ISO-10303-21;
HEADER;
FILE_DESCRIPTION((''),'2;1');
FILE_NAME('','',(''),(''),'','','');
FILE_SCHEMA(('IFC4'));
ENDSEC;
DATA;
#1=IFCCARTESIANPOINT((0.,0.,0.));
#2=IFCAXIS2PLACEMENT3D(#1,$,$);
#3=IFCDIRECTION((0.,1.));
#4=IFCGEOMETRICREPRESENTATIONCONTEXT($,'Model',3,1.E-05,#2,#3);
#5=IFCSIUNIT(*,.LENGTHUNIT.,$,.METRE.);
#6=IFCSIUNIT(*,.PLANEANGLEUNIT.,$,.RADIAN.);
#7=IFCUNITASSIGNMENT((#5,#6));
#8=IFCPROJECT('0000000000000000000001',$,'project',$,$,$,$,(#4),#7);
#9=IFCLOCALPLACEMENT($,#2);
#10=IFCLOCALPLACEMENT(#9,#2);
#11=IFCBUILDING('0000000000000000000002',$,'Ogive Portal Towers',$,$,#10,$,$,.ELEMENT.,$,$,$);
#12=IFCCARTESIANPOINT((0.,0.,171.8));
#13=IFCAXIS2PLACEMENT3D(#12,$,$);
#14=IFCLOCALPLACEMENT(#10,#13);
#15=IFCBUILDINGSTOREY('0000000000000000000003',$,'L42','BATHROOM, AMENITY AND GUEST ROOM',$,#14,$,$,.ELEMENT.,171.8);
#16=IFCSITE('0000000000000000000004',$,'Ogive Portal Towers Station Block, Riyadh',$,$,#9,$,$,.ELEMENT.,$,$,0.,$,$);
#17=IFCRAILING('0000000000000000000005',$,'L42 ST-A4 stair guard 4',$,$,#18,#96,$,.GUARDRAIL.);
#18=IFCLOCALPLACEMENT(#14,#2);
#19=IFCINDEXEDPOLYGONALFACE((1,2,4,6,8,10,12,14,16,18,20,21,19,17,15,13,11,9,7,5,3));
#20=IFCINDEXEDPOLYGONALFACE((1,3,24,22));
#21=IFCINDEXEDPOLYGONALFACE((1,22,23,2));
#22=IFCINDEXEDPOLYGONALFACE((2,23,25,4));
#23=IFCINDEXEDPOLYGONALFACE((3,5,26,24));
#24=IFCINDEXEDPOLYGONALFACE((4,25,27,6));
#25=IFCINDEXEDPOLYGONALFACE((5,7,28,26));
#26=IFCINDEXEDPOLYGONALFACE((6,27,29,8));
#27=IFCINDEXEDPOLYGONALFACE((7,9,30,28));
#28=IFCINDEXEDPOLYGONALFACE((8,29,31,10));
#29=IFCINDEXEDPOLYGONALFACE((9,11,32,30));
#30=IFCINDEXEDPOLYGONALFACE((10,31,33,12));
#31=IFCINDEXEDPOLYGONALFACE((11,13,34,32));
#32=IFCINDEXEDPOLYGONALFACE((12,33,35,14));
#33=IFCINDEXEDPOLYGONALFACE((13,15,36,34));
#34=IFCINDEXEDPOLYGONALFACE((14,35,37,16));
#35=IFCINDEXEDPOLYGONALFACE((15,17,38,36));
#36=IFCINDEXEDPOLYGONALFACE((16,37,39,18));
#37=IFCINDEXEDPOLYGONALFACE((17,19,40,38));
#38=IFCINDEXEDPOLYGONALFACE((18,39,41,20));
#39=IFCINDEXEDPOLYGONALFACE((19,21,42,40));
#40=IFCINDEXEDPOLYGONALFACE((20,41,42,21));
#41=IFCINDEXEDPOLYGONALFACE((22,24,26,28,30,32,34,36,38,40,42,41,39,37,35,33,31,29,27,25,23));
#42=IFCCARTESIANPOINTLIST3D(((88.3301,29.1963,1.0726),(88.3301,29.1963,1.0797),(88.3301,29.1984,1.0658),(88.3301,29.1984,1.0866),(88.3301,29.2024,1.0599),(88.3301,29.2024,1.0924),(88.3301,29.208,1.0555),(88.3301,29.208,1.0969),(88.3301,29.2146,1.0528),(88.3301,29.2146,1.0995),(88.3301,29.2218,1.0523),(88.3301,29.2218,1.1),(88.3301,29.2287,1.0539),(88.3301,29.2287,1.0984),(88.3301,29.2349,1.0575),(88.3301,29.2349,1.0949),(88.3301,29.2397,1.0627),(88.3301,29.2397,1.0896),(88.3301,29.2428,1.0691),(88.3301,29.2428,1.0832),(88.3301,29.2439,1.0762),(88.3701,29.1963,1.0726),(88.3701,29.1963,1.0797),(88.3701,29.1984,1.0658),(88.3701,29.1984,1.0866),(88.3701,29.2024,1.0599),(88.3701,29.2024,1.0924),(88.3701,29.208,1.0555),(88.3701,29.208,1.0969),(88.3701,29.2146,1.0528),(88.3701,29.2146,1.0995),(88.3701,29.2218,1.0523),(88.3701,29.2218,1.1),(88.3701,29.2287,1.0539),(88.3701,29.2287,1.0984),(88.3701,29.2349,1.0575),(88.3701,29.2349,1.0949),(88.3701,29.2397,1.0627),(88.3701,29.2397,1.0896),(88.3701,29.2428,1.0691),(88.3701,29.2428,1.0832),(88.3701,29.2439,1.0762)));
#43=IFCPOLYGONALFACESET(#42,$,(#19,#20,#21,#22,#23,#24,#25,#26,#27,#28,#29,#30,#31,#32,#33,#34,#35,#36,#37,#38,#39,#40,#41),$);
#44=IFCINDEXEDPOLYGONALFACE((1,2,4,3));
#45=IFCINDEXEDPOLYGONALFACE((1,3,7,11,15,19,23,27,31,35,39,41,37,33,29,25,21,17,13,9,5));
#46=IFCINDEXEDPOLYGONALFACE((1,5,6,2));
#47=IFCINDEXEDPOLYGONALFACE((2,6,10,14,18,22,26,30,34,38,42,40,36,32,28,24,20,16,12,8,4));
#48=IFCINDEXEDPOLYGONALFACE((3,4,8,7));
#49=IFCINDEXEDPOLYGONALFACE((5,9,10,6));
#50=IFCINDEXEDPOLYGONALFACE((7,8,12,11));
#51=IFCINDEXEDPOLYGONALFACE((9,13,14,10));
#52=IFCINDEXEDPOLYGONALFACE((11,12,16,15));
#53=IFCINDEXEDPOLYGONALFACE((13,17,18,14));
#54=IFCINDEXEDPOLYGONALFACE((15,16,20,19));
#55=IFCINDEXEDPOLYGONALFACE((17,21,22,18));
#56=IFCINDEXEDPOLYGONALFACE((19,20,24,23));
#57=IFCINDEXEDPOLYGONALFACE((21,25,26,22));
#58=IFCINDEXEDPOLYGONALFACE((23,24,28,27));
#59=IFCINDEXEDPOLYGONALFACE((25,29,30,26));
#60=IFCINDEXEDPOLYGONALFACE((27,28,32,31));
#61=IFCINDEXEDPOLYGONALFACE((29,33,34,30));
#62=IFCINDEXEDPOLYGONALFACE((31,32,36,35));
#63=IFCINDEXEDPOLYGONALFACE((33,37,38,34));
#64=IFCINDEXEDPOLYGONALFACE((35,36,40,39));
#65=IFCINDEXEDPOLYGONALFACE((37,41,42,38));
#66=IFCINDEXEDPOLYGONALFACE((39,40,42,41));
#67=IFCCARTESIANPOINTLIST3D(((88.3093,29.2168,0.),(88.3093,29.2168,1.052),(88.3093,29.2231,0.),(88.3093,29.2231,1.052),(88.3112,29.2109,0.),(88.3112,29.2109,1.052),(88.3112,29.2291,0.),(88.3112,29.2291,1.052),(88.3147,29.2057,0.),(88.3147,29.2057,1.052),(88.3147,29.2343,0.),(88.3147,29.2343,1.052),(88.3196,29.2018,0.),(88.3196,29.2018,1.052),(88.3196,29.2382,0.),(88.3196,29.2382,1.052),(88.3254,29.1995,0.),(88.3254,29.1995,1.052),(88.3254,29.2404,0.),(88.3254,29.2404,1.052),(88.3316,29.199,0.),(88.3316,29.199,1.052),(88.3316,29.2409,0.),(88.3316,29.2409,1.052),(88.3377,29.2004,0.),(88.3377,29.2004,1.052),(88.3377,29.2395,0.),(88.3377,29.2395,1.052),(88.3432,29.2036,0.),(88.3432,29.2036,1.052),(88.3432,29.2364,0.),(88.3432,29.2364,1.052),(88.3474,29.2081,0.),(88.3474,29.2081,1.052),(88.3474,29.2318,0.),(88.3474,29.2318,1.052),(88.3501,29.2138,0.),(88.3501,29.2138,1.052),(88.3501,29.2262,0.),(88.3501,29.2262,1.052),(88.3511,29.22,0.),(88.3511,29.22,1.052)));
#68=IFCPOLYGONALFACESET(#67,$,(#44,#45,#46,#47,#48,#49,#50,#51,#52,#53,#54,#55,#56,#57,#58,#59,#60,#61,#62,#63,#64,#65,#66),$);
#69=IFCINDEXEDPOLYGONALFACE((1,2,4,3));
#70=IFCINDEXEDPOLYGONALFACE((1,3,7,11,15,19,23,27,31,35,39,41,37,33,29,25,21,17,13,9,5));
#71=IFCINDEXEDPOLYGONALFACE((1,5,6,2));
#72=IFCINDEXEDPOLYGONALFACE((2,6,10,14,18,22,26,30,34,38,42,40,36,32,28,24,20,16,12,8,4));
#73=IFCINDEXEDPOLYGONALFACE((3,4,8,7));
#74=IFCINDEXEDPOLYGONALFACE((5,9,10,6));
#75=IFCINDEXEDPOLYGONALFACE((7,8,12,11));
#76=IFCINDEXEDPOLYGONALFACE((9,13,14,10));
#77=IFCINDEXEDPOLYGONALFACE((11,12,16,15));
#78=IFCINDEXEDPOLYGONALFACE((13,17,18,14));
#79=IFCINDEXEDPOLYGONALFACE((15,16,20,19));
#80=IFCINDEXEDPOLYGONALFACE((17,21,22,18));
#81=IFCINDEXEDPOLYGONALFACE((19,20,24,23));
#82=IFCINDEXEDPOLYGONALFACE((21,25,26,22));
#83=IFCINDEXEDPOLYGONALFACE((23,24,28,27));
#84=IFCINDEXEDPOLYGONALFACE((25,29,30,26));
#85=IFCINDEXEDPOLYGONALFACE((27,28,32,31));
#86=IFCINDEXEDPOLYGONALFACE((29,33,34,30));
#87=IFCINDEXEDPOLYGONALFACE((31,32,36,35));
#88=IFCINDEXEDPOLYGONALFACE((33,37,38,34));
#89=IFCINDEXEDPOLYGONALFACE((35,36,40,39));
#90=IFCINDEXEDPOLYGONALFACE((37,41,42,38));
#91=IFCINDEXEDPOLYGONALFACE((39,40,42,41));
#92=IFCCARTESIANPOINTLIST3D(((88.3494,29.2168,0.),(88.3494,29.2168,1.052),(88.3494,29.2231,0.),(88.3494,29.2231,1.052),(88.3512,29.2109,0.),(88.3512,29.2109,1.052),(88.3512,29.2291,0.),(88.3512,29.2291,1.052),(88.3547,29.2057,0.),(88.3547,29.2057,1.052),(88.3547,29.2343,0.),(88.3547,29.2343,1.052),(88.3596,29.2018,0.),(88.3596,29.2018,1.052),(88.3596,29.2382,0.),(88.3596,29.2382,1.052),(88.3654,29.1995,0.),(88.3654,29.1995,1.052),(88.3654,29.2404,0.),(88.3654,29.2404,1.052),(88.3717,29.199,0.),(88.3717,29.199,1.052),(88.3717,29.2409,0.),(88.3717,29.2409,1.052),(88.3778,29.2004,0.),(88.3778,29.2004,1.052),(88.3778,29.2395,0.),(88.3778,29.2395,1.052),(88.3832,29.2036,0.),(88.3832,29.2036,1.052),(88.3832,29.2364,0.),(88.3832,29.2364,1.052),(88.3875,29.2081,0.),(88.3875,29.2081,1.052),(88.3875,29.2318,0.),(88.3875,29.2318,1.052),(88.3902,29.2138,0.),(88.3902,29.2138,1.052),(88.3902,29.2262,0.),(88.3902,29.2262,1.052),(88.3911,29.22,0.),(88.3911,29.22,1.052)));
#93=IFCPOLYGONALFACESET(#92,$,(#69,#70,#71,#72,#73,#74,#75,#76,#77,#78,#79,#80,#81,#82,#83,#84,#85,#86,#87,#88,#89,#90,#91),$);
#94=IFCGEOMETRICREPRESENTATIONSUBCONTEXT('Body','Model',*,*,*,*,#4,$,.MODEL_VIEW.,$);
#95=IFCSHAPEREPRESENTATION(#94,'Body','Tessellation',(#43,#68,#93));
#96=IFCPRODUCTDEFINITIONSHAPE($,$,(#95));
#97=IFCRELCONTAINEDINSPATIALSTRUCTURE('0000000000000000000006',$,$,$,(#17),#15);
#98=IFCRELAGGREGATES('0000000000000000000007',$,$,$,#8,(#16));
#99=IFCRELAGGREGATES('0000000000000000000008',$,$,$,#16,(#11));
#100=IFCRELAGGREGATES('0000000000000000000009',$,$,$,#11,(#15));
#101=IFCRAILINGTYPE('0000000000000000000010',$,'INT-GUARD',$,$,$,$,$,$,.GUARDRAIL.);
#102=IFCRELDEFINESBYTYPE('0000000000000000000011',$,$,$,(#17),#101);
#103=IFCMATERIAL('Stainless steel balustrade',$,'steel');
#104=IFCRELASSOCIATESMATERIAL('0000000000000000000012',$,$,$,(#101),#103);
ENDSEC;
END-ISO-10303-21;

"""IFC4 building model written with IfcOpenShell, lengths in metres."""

from ifc_helpers import new_model, si_unit, direction, frame, origin, origin_2d, place, context, subcontext, project, spatial, circle, extrude, material, type_object, element, save


model = new_model("IFC4")

# Units and contexts
model_context = context("Model", 3, precision=1e-05, world=origin(), true_north=direction((0.0, 1.0)))
body_context = subcontext(model_context, "Body", "Model", "MODEL_VIEW")
ifc_project = project(units=[si_unit("LENGTHUNIT", "METRE"), si_unit("PLANEANGLEUNIT", "RADIAN")], contexts=[model_context])

# Site, building, storey
site_placement = place(None, origin())
site = spatial("IfcSite", under=ifc_project, at=site_placement, Name="Ogive Portal Towers Station Block, Riyadh", CompositionType="ELEMENT", RefElevation=0.0)
building_placement = place(site_placement, origin())
building = spatial("IfcBuilding", under=site, at=building_placement, Name="Ogive Portal Towers", CompositionType="ELEMENT")
storey_placement = place(building_placement, frame((0.0, 0.0, 171.8)))
storey = spatial("IfcBuildingStorey", under=building, at=storey_placement, Name="L42", Description="BATHROOM, AMENITY AND GUEST ROOM", CompositionType="ELEMENT", Elevation=171.8)

# Railing
ifc_material_1 = material(Name="Stainless steel balustrade", Category="steel")
railing_type_1 = type_object("IfcRailingType", Name="INT-GUARD", PredefinedType="GUARDRAIL", material=ifc_material_1)
railing_1_placement = place(storey_placement, frame((88.3301, 29.22, 0.0)))
element("IfcRailing", 1, at=railing_1_placement, inside=storey, type_object=railing_type_1, Name="L42 ST-A4 stair guard 4", PredefinedType="GUARDRAIL", context=body_context, shape_type="SweptSolid", body=[
    extrude(circle(Radius=0.0239, at=origin_2d()), frame((0.0, 0.0, 1.0762), z_axis=(1.0, 0.0, 0.0), x_axis=(0.0, 1.0, 0.0)), (0.0, 0.0, 1.0), 0.04),
    extrude(circle(Radius=0.021, at=origin_2d()), origin(), (0.0, 0.0, 1.0), 1.052),
    extrude(circle(Radius=0.021, at=origin_2d()), frame((0.04, 0.0, 0.0)), (0.0, 0.0, 1.0), 1.052),
])

save(model, "model.ifc")
